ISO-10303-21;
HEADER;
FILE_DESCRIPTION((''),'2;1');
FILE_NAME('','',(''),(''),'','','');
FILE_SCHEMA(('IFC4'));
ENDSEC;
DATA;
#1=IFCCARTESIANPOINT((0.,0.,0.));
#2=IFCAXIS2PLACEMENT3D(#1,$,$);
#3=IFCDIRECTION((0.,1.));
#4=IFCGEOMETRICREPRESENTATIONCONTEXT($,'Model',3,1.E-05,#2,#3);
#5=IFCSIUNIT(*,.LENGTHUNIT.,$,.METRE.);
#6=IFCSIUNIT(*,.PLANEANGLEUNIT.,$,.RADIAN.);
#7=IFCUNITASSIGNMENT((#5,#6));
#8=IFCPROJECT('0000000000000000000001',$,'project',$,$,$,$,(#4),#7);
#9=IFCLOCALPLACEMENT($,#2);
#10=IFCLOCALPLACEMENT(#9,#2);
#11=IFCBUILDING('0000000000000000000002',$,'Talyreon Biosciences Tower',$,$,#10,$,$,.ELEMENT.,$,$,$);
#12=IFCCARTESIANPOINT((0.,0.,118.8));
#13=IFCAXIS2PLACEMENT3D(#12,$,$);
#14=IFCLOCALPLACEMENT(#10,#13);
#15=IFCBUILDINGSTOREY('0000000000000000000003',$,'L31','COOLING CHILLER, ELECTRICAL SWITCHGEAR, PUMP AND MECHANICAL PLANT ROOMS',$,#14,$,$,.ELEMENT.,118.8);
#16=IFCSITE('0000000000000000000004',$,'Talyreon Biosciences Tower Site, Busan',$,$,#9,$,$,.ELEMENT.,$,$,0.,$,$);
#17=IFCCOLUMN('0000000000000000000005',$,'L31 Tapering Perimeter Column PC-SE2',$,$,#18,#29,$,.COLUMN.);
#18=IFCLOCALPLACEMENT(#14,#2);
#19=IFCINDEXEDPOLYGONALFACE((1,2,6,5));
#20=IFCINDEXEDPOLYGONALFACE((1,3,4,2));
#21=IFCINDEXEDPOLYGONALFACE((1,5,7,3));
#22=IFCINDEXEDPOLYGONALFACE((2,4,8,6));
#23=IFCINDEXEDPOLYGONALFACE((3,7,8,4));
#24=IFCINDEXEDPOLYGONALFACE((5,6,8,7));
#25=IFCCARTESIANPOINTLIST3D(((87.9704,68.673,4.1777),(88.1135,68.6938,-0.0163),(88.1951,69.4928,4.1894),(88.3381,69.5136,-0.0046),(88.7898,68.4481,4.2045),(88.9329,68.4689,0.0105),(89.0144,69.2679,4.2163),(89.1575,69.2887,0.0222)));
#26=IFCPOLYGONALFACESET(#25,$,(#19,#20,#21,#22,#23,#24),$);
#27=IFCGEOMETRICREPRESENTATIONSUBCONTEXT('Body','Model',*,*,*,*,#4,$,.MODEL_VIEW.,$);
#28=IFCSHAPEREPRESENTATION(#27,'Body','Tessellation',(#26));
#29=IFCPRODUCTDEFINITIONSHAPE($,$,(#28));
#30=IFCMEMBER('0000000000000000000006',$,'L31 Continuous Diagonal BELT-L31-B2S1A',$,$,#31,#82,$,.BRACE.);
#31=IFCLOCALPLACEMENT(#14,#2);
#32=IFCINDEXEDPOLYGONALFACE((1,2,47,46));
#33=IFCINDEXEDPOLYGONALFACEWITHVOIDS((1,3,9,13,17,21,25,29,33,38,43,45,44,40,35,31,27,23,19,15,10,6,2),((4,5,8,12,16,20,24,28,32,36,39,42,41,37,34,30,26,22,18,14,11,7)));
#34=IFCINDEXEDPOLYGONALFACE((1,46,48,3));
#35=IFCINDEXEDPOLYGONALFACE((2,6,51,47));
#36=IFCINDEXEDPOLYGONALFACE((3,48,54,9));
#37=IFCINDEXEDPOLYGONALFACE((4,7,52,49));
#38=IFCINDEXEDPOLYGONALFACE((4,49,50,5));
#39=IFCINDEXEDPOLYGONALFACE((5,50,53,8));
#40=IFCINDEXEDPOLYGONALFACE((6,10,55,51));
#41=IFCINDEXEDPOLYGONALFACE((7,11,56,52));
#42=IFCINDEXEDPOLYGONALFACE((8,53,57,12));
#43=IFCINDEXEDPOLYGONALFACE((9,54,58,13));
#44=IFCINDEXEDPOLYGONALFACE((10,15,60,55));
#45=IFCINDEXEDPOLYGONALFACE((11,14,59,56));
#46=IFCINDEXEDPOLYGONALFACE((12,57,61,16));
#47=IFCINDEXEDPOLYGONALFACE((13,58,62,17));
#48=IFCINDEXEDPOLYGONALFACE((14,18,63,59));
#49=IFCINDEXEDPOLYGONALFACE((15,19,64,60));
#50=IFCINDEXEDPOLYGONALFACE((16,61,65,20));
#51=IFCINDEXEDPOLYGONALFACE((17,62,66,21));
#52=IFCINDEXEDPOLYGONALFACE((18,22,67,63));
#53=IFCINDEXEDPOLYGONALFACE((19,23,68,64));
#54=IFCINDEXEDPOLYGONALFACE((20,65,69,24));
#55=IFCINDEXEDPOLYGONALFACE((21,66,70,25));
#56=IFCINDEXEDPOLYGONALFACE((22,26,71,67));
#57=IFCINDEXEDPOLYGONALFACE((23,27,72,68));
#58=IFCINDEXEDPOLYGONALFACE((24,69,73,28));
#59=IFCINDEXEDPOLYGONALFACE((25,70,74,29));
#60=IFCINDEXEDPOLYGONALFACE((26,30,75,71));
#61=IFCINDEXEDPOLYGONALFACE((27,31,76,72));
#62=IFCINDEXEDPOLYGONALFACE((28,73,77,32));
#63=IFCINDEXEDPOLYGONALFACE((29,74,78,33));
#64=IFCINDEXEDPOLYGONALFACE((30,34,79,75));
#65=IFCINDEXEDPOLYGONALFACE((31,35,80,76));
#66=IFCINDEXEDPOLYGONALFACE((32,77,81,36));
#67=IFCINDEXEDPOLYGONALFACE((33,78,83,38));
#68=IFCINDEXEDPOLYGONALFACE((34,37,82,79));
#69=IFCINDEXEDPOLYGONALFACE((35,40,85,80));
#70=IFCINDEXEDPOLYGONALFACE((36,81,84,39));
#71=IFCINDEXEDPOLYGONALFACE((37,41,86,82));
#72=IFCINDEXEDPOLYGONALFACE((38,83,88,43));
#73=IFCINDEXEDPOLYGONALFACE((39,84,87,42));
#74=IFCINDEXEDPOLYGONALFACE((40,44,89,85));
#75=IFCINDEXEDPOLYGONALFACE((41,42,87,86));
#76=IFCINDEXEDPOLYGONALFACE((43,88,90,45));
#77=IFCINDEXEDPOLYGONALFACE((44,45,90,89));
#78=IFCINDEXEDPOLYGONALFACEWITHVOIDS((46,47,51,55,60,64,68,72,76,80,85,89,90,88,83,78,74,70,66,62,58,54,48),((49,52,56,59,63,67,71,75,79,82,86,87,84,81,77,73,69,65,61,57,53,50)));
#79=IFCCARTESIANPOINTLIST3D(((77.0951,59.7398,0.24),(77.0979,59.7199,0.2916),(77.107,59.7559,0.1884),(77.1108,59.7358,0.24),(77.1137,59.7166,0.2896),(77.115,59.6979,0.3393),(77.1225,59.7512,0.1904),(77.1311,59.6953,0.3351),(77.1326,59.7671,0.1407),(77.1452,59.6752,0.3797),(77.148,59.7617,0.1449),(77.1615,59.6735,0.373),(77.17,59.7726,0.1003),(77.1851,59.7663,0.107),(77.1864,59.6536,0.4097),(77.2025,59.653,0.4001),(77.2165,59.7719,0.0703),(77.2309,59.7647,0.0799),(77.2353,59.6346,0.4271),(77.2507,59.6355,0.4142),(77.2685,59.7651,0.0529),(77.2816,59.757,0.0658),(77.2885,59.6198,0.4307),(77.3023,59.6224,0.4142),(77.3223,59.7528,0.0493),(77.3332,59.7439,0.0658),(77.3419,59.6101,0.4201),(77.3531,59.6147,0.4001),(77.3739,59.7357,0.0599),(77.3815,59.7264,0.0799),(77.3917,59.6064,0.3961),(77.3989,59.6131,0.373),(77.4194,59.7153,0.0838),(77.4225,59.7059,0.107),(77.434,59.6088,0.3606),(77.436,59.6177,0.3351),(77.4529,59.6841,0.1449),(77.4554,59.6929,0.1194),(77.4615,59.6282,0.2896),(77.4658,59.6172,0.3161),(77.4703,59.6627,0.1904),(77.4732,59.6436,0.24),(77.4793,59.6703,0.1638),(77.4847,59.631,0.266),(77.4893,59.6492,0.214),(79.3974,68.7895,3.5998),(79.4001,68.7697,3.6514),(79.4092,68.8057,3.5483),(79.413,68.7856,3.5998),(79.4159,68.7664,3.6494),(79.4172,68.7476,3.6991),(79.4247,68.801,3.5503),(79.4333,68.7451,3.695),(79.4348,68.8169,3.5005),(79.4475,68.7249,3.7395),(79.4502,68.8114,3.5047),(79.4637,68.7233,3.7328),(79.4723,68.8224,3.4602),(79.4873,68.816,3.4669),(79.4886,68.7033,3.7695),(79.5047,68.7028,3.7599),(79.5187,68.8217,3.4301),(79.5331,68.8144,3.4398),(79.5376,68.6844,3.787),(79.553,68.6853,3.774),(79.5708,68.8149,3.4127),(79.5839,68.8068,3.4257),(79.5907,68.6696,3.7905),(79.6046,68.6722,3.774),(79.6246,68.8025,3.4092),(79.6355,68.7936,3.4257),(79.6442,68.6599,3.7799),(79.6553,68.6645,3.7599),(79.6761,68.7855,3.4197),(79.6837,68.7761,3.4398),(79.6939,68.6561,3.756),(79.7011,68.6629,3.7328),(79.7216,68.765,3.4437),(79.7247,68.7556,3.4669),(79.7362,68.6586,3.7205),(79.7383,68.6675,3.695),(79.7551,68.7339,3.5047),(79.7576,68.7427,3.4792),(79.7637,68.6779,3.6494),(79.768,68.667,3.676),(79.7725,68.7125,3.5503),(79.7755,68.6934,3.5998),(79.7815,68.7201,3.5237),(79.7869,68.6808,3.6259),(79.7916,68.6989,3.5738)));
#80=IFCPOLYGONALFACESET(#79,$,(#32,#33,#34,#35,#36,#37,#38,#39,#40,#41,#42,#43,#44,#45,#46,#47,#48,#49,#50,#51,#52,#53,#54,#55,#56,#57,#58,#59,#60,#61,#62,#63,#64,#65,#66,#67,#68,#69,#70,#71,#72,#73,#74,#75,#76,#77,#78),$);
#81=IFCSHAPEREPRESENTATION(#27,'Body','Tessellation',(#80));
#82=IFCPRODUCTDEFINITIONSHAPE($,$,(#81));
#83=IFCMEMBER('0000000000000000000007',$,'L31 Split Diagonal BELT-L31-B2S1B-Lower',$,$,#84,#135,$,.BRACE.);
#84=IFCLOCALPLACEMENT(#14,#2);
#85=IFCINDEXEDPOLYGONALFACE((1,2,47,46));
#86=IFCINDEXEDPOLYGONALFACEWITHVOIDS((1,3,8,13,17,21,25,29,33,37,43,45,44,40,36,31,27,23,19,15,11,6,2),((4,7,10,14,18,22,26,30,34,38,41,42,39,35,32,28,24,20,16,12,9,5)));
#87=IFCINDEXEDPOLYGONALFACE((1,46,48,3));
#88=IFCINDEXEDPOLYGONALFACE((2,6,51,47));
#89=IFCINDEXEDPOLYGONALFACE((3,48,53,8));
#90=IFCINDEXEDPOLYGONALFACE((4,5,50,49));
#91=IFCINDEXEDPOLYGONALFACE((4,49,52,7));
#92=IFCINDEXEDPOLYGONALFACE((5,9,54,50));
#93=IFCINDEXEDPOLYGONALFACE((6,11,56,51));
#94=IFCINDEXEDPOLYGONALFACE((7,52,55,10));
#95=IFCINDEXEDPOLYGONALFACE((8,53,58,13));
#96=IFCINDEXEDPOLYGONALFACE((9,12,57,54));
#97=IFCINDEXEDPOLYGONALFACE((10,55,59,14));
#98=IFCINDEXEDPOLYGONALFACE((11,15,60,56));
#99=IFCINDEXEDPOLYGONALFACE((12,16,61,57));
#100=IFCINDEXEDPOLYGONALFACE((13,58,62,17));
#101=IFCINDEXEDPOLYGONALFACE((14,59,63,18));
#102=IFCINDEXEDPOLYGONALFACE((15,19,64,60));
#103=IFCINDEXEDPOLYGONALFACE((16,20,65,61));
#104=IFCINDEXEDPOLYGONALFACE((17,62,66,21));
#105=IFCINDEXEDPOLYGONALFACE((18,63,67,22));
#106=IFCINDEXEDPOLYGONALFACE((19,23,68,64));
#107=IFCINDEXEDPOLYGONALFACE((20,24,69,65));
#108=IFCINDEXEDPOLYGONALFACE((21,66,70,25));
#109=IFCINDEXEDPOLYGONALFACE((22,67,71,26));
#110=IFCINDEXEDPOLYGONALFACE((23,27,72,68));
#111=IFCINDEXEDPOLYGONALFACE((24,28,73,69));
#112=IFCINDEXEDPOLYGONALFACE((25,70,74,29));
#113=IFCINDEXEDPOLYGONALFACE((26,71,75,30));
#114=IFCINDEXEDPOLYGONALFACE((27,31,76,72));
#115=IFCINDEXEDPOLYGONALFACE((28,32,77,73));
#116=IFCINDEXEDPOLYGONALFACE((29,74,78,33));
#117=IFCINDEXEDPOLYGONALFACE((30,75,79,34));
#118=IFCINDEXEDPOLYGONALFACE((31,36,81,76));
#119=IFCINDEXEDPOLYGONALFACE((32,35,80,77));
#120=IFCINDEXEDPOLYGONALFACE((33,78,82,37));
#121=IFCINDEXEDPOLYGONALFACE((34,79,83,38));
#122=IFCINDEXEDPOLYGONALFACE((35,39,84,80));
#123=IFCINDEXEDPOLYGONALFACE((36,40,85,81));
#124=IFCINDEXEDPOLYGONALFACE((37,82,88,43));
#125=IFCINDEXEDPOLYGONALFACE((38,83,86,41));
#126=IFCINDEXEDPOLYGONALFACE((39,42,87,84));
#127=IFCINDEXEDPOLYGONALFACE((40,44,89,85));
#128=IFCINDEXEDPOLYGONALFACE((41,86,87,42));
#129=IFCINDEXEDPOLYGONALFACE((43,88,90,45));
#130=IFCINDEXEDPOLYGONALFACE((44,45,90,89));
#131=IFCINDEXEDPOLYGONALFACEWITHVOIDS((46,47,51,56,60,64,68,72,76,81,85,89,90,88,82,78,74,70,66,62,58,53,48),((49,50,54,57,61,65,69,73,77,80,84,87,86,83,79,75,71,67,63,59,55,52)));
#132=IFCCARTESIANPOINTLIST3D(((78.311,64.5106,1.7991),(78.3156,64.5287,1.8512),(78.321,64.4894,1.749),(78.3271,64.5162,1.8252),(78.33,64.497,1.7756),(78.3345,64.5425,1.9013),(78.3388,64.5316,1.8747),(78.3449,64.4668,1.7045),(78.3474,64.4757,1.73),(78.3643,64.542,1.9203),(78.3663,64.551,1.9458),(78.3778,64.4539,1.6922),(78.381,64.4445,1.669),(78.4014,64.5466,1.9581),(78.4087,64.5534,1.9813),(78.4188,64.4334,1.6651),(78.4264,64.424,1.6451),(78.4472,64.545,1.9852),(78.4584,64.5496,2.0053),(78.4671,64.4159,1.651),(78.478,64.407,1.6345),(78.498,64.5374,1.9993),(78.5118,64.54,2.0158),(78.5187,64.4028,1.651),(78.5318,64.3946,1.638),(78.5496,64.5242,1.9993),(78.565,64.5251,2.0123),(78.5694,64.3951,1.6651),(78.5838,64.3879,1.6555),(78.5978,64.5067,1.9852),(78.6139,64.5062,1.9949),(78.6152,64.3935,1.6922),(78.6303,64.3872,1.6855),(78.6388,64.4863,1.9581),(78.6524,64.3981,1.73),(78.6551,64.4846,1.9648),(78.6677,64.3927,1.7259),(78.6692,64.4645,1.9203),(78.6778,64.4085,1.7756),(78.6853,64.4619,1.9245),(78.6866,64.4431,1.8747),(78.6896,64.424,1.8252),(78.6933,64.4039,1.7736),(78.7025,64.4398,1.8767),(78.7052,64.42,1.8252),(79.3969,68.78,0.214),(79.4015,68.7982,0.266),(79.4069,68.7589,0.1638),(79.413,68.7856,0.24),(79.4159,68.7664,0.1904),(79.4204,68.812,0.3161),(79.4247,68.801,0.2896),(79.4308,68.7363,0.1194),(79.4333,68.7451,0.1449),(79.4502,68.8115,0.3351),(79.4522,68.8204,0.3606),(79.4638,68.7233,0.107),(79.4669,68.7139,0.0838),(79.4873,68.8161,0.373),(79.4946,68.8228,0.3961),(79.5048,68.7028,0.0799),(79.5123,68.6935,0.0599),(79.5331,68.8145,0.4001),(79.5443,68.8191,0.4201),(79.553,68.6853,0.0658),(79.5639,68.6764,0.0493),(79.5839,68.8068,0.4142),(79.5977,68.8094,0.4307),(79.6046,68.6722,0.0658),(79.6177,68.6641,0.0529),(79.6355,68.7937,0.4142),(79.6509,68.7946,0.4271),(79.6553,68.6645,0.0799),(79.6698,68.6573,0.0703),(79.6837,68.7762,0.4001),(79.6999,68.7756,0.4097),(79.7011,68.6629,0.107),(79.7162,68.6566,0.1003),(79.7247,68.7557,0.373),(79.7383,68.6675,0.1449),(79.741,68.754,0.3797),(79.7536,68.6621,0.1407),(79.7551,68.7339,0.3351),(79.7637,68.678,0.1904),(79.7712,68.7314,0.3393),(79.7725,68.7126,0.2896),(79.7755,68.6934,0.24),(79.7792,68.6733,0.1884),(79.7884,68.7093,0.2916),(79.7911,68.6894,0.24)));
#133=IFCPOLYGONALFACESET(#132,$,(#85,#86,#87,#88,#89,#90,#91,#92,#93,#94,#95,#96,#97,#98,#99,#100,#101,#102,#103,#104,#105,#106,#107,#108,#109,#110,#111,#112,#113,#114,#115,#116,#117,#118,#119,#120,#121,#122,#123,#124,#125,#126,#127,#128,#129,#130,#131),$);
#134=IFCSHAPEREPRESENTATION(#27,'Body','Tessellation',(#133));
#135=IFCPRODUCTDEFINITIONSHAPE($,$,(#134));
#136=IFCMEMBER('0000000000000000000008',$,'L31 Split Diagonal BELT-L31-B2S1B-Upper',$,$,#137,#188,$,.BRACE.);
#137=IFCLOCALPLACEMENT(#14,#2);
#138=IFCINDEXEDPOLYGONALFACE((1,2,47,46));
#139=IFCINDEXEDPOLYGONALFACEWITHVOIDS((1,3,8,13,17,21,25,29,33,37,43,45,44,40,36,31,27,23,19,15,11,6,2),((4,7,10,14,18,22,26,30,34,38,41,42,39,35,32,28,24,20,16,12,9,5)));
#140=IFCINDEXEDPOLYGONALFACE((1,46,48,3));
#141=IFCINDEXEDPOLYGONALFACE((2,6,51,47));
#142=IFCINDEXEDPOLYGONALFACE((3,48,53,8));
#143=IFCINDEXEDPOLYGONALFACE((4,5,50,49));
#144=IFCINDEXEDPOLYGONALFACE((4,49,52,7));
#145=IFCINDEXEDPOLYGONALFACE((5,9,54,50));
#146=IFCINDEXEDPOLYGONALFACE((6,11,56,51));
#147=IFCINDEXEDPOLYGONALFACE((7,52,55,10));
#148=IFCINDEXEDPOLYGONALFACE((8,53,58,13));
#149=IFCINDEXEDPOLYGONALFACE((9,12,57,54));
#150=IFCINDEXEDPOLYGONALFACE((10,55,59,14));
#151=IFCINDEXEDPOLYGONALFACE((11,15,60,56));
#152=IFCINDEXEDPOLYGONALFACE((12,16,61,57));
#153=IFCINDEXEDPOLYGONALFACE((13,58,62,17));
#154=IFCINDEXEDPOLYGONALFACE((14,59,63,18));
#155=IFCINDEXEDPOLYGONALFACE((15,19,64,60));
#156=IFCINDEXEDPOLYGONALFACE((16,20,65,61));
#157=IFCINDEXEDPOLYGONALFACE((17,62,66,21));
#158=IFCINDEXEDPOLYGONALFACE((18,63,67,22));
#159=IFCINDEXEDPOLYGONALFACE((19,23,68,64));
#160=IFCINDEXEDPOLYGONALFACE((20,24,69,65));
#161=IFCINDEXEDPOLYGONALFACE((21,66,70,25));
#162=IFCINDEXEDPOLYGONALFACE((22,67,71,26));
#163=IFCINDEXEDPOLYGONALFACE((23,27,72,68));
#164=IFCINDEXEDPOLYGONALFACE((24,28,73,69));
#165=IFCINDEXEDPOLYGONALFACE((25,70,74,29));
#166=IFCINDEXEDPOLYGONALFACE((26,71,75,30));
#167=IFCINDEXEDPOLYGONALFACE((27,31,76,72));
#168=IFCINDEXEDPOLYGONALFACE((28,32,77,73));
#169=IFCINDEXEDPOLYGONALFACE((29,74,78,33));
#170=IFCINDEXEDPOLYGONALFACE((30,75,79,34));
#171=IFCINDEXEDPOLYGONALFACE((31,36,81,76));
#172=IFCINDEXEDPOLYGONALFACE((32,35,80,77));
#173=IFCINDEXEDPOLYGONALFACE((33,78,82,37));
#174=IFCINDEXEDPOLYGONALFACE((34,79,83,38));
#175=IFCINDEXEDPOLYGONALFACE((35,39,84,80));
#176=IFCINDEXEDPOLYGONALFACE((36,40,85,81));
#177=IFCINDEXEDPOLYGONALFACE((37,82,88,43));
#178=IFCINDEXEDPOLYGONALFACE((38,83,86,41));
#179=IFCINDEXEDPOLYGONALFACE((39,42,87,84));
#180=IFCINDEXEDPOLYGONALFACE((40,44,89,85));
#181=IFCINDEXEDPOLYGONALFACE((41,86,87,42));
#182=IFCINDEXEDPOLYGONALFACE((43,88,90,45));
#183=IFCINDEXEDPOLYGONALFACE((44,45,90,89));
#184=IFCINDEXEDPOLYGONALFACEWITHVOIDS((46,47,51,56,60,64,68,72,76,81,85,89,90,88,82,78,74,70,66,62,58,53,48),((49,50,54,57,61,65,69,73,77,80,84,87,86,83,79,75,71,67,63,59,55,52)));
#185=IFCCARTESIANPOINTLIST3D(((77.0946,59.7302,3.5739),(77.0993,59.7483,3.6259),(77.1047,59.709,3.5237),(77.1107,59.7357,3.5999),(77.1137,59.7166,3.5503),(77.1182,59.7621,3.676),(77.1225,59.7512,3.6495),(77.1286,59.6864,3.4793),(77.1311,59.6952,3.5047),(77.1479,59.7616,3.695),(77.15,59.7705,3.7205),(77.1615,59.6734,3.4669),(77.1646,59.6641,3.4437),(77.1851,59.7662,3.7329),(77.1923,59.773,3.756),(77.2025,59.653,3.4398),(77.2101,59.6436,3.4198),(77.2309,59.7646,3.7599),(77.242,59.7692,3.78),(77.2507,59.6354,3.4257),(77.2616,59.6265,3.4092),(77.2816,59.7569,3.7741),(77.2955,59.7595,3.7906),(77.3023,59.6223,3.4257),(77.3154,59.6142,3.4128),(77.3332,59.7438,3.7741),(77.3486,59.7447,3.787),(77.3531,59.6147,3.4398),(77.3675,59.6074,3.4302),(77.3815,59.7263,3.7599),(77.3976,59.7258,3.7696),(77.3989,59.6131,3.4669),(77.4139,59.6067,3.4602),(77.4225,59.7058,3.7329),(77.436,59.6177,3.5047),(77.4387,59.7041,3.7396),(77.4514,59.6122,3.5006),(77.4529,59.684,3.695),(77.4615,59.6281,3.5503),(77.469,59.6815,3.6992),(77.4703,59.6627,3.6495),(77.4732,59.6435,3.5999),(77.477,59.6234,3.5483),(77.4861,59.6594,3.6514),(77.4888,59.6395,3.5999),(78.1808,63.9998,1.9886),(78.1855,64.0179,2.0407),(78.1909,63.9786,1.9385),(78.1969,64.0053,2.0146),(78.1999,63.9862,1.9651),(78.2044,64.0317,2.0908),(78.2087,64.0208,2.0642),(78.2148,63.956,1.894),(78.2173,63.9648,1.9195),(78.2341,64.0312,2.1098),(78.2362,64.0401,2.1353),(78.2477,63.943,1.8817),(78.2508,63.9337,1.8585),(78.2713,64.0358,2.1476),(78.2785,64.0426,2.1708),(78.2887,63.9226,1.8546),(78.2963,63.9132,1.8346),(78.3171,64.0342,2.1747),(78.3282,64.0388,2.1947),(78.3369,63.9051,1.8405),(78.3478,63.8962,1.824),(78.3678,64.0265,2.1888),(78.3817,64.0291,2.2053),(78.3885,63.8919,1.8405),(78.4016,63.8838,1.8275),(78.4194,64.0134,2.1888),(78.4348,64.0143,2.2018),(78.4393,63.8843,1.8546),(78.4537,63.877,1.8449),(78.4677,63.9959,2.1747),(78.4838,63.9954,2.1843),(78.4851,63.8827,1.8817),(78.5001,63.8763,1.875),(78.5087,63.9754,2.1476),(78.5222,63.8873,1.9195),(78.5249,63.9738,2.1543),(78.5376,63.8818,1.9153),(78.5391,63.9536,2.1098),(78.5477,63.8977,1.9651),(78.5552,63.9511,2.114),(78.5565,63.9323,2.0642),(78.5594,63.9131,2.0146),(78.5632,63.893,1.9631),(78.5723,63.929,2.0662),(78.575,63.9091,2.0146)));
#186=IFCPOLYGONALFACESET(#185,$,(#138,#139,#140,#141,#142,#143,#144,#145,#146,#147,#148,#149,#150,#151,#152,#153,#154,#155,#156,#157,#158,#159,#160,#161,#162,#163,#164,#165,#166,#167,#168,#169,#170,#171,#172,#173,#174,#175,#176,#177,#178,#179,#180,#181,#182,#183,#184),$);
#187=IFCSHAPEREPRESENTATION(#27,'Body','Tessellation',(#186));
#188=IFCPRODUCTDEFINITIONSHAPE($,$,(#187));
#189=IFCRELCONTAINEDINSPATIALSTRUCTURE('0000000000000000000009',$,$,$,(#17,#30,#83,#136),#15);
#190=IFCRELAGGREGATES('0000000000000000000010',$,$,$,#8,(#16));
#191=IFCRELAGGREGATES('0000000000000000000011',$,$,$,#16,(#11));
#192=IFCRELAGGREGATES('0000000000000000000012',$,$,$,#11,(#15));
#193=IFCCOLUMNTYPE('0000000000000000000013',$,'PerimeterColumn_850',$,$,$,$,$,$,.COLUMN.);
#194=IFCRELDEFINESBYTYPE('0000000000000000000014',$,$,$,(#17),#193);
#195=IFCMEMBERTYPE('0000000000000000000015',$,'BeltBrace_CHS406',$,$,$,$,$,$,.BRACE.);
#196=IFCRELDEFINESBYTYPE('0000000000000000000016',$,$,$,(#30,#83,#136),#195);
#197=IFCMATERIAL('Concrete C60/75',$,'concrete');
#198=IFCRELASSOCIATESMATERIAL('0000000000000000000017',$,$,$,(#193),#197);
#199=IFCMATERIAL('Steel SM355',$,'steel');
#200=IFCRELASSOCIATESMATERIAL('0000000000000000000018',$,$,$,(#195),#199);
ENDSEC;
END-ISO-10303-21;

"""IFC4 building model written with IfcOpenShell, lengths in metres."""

from ifc_helpers import new_model, si_unit, direction, frame, origin, origin_2d, place, context, subcontext, project, spatial, rectangle, hollow_circle, extrude, material, material_profile, profile_set, type_object, element, save


model = new_model("IFC4")

# Units and contexts
model_context = context("Model", 3, precision=1e-05, world=origin(), true_north=direction((0.0, 1.0)))
body_context = subcontext(model_context, "Body", "Model", "MODEL_VIEW")
ifc_project = project(units=[si_unit("LENGTHUNIT", "METRE"), si_unit("PLANEANGLEUNIT", "RADIAN")], contexts=[model_context])

# Site, building, storey
site_placement = place(None, origin())
site = spatial("IfcSite", under=ifc_project, at=site_placement, Name="Talyreon Biosciences Tower Site, Busan", CompositionType="ELEMENT", RefElevation=0.0)
building_placement = place(site_placement, origin())
building = spatial("IfcBuilding", under=site, at=building_placement, Name="Talyreon Biosciences Tower", CompositionType="ELEMENT")
storey_placement = place(building_placement, frame((0.0, 0.0, 118.8)))
storey = spatial("IfcBuildingStorey", under=building, at=storey_placement, Name="L31", Description="COOLING CHILLER, ELECTRICAL SWITCHGEAR, PUMP AND MECHANICAL PLANT ROOMS", CompositionType="ELEMENT", Elevation=118.8)

# Column
ifc_material_1 = material(Name="Concrete C60/75", Category="concrete")
ifc_material_profile_1 = material_profile(ifc_material_1, rectangle(XDim=0.8501, YDim=0.8501, at=origin_2d()), Name="RC 850x850")
ifc_profile_set_1 = profile_set([ifc_material_profile_1], Name="Concrete C60/75")
column_type = type_object("IfcColumnType", Name="PerimeterColumn_850", PredefinedType="COLUMN", material=ifc_profile_set_1)
column_placement = place(storey_placement, frame((88.6355, 68.9912, 0.0029), z_axis=(-0.034091, -0.004945, 0.999406), x_axis=(0.963854, -0.264553, 0.031569)))
element("IfcColumn", 1, at=column_placement, inside=storey, type_object=column_type, Name="L31 Tapering Perimeter Column PC-SE2", PredefinedType="COLUMN", context=body_context, shape_type="SweptSolid", body=[
    extrude(rectangle(XDim=0.8501, YDim=0.8501, at=origin_2d()), origin(), (0.0, 0.0, 1.0), 4.1965),
])

# Members
ifc_material_2 = material(Name="Steel SM355", Category="steel")
ifc_material_profile_2 = material_profile(ifc_material_2, hollow_circle(Radius=0.2031, WallThickness=0.0161, at=origin_2d()), Name="CHS 406.4x16")
ifc_profile_set_2 = profile_set([ifc_material_profile_2], Name="Steel SM355")
member_type_1 = type_object("IfcMemberType", Name="BeltBrace_CHS406", PredefinedType="BRACE", material=ifc_profile_set_2)
member_1_placement = place(storey_placement, frame((77.292, 59.6897, 0.24), z_axis=(0.231985, 0.911901, 0.338556), x_axis=(-0.969131, 0.246544, 0.0)))
element("IfcMember", 2, at=member_1_placement, inside=storey, type_object=member_type_1, Name="L31 Continuous Diagonal BELT-L31-B2S1A", PredefinedType="BRACE", context=body_context, shape_type="SweptSolid", body=[
    extrude(hollow_circle(Radius=0.2031, WallThickness=0.0161, at=origin_2d()), origin(), (0.0, 0.0, 1.0), 9.9241),
])
member_2_placement = place(storey_placement, frame((79.5942, 68.7395, 0.24), z_axis=(-0.231939, -0.911905, 0.338575), x_axis=(0.969143, -0.246498, 0.0)))
element("IfcMember", 3, at=member_2_placement, inside=storey, type_object=member_type_1, Name="L31 Split Diagonal BELT-L31-B2S1B-Lower", PredefinedType="BRACE", context=body_context, shape_type="SweptSolid", body=[
    extrude(hollow_circle(Radius=0.2031, WallThickness=0.0161, at=origin_2d()), origin(), (0.0, 0.0, 1.0), 4.6819),
])
member_3_placement = place(storey_placement, frame((78.3782, 63.9592, 2.0146), z_axis=(-0.231989, -0.911894, 0.338571), x_axis=(0.96913, -0.24655, 0.0)))
element("IfcMember", 4, at=member_3_placement, inside=storey, type_object=member_type_1, Name="L31 Split Diagonal BELT-L31-B2S1B-Upper", PredefinedType="BRACE", context=body_context, shape_type="SweptSolid", body=[
    extrude(hollow_circle(Radius=0.2031, WallThickness=0.0161, at=origin_2d()), origin(), (0.0, 0.0, 1.0), 4.6821),
])

save(model, "model.ifc")
